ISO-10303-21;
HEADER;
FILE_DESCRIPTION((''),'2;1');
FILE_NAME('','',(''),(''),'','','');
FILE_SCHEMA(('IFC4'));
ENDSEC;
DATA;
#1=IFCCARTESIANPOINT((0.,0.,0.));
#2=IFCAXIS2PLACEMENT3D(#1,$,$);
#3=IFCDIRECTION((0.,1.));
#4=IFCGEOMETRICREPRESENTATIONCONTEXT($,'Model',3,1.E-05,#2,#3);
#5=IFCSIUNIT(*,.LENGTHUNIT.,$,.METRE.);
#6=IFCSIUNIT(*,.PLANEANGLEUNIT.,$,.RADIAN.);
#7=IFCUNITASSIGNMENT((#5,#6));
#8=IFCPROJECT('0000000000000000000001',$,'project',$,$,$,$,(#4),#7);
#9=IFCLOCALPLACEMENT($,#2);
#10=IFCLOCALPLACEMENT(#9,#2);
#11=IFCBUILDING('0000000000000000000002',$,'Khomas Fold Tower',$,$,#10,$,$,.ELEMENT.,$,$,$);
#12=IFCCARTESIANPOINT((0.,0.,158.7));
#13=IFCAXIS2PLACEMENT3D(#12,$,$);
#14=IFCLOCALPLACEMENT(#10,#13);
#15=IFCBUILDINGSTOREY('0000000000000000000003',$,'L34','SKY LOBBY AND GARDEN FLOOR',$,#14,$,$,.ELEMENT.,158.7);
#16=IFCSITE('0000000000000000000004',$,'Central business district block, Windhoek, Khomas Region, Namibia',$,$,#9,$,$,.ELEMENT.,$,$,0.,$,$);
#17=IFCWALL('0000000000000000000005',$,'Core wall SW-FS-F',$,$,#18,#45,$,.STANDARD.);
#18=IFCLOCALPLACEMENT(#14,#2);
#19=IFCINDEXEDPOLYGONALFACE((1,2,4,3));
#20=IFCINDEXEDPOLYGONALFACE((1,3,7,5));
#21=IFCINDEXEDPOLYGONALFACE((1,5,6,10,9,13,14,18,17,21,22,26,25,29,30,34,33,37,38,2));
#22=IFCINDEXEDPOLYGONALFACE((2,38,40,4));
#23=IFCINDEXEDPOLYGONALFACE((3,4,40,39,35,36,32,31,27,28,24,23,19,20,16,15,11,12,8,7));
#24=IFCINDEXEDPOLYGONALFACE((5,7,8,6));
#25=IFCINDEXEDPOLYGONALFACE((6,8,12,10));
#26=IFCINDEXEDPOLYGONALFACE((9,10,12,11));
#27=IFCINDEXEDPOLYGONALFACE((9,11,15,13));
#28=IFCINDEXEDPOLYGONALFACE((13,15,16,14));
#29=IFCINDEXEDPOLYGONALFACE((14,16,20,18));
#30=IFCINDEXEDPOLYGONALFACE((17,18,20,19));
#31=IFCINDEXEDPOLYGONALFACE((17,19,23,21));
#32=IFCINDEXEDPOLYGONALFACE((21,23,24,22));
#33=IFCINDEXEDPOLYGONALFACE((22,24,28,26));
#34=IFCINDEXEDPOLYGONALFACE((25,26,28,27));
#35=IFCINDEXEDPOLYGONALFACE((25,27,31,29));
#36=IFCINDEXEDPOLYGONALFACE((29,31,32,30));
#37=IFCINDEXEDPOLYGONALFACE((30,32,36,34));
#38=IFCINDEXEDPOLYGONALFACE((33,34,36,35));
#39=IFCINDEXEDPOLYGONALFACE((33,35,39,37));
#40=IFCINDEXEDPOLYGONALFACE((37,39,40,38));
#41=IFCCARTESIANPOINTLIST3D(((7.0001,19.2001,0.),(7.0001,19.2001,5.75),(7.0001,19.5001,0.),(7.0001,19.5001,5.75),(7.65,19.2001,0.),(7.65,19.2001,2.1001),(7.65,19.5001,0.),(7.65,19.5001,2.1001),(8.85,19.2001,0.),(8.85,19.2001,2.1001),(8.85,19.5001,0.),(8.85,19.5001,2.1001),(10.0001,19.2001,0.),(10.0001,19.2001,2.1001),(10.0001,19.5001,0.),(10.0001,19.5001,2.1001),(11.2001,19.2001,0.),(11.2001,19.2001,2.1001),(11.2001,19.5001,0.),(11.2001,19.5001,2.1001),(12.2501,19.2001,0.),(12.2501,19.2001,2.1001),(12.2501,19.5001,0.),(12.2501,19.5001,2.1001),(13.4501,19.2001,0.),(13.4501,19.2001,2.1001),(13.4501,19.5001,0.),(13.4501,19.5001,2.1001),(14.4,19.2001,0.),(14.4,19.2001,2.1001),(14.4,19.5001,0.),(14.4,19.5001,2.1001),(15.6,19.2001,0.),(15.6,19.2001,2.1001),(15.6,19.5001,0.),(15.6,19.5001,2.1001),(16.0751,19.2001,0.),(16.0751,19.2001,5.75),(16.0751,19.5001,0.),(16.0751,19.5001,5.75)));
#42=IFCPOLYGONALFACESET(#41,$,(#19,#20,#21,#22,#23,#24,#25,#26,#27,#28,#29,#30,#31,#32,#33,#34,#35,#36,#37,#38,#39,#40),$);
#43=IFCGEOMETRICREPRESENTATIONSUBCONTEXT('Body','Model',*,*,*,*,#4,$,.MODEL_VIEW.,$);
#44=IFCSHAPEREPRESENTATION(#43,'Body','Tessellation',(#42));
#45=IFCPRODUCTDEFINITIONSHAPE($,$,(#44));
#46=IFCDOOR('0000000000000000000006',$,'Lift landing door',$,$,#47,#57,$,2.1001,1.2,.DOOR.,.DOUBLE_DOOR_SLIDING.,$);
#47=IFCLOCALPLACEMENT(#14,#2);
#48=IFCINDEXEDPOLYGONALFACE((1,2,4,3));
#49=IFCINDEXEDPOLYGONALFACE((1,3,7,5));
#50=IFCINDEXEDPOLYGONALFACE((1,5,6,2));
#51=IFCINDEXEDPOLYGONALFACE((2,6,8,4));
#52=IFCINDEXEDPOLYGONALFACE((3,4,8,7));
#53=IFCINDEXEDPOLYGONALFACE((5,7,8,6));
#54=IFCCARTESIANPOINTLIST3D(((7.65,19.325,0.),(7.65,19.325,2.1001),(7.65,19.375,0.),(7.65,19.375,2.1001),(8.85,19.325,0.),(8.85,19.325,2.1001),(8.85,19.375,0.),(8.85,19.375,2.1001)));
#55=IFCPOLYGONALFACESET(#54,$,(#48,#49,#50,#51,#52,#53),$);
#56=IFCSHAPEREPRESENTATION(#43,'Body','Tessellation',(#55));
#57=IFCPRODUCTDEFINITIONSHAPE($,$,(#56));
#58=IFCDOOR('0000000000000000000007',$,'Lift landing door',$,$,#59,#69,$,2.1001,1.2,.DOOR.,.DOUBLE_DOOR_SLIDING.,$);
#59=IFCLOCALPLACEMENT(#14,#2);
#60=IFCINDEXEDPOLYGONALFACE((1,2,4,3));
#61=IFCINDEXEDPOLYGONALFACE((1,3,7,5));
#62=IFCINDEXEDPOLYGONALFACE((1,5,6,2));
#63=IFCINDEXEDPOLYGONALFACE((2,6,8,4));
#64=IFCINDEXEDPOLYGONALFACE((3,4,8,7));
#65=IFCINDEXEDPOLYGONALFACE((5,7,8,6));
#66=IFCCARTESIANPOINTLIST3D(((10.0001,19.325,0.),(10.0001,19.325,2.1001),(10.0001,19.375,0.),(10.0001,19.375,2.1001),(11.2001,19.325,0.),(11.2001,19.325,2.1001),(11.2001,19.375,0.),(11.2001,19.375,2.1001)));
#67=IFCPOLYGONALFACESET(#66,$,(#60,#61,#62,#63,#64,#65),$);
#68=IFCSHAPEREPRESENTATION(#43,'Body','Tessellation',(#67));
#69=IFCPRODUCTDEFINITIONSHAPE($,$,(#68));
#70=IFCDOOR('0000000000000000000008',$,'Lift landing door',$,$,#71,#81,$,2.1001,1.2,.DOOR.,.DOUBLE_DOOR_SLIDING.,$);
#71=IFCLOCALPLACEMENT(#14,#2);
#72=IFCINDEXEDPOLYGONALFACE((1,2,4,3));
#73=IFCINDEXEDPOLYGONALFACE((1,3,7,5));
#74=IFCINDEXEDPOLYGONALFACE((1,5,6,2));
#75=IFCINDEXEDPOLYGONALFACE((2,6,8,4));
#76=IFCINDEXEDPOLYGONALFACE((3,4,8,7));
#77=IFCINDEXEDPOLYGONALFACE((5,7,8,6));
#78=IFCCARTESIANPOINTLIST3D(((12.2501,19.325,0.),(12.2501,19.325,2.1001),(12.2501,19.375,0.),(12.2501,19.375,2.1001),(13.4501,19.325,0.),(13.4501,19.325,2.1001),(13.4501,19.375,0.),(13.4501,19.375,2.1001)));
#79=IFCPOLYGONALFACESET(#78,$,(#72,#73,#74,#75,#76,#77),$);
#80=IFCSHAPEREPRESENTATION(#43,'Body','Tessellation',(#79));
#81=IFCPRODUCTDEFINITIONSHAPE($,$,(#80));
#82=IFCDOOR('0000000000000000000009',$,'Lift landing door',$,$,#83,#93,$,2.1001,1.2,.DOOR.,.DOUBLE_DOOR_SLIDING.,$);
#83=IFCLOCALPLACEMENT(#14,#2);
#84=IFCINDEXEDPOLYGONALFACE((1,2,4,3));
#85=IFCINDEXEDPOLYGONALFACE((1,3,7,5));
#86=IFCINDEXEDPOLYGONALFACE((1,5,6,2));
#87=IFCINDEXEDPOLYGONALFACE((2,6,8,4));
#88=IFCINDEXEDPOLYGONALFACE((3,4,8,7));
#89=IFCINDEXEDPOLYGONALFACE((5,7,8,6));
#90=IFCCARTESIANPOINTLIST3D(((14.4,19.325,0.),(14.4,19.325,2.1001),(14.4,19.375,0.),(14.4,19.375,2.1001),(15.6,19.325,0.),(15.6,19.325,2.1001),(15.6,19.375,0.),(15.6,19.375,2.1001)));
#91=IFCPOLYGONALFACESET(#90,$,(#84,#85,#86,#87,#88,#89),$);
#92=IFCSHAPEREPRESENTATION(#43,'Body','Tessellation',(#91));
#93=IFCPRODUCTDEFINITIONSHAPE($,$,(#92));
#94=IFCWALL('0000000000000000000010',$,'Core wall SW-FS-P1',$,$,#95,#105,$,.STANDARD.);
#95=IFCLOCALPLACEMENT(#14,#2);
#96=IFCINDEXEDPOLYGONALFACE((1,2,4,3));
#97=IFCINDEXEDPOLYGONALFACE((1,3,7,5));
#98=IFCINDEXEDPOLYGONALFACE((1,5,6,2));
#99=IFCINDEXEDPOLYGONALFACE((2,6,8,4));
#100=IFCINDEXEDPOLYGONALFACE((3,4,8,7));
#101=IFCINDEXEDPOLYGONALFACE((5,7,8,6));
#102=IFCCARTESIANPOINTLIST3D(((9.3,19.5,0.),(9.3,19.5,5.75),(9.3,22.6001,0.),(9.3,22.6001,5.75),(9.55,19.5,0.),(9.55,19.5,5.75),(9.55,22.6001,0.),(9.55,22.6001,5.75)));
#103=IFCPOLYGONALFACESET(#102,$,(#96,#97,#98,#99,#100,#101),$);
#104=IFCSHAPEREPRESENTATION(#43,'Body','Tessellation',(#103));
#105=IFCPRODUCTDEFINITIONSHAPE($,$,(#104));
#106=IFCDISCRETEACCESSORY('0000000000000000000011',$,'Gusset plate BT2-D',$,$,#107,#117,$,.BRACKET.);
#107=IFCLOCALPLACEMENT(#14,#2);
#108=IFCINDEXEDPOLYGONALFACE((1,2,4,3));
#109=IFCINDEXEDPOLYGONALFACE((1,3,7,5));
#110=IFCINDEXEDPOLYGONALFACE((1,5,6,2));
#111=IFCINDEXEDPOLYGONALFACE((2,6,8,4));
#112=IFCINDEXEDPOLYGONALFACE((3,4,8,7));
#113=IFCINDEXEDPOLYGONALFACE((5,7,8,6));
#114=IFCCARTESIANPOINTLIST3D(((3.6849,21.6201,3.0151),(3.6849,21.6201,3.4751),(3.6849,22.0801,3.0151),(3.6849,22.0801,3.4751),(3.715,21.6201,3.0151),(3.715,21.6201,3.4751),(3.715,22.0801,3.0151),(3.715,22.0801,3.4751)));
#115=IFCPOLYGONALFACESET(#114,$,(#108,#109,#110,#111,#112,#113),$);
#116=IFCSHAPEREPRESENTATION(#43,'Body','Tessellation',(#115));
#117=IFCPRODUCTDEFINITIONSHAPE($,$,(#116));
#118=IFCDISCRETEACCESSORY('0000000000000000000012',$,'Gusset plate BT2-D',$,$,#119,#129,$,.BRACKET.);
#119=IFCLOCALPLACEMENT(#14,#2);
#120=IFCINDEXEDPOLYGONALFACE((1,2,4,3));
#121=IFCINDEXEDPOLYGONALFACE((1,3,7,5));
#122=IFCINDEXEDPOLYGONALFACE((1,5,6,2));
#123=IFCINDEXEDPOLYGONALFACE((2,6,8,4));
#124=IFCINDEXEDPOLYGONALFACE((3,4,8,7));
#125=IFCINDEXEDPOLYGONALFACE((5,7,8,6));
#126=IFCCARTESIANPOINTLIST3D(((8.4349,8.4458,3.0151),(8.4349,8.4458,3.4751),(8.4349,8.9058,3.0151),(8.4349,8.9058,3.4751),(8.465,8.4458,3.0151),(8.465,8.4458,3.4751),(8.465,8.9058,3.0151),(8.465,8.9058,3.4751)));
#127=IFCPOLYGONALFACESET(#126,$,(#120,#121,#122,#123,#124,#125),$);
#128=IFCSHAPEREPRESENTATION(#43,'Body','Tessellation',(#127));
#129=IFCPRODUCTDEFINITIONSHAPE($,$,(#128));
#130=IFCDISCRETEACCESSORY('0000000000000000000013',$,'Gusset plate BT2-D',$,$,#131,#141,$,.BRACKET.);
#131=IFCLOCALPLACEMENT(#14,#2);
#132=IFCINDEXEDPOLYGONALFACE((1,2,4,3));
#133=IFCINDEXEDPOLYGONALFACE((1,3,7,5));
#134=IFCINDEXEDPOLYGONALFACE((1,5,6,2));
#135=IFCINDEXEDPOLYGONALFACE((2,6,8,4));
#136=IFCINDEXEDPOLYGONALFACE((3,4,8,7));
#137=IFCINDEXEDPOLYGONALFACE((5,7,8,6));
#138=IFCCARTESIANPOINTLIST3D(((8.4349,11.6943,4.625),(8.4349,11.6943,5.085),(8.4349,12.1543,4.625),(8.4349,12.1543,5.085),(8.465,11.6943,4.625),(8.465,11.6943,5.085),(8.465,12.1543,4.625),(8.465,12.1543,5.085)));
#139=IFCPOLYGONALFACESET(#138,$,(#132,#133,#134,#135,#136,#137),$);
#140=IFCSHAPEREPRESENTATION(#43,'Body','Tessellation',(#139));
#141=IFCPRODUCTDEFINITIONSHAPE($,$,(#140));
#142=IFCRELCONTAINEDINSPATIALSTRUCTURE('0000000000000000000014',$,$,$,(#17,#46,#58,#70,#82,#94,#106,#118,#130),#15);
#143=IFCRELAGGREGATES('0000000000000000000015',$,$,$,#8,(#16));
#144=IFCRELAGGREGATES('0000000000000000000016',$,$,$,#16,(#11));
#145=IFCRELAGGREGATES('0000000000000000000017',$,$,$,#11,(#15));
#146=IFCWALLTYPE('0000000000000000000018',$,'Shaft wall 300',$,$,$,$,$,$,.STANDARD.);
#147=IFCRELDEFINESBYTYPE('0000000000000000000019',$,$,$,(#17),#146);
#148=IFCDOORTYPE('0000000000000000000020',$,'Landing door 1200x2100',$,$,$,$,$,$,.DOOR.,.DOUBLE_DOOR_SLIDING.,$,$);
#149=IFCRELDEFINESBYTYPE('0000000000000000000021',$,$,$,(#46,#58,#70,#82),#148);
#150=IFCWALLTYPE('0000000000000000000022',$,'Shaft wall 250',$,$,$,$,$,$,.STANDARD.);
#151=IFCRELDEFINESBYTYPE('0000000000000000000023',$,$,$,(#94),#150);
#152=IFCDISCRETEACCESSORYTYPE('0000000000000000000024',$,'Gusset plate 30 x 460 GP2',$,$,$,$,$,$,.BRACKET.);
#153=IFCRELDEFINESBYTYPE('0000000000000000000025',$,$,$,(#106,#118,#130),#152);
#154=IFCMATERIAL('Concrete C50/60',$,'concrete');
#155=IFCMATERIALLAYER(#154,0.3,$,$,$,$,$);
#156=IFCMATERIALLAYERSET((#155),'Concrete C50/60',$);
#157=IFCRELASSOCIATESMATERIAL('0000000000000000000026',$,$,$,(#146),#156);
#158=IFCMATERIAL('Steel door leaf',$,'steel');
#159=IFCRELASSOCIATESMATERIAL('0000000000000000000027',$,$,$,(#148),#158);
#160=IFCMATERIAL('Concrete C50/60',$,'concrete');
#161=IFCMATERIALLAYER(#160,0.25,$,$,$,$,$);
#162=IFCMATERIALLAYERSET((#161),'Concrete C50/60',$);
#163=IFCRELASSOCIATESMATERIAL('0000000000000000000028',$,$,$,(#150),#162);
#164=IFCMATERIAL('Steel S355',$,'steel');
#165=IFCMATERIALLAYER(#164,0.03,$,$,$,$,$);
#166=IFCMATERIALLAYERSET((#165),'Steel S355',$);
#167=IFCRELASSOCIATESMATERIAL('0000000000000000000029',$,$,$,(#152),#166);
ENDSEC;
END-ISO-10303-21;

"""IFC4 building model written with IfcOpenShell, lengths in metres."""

from ifc_helpers import new_model, si_unit, direction, frame, frame_2d, origin, origin_2d, place, context, subcontext, project, spatial, rectangle, extrude, source, transform, mapped, material, layer, layer_set, type_object, element, fill, save


model = new_model("IFC4")

# Units and contexts
model_context = context("Model", 3, precision=1e-05, world=origin(), true_north=direction((0.0, 1.0)))
body_context = subcontext(model_context, "Body", "Model", "MODEL_VIEW")
ifc_project = project(units=[si_unit("LENGTHUNIT", "METRE"), si_unit("PLANEANGLEUNIT", "RADIAN")], contexts=[model_context])

# Site, building, storey
site_placement = place(None, origin())
site = spatial("IfcSite", under=ifc_project, at=site_placement, Name="Central business district block, Windhoek, Khomas Region, Namibia", CompositionType="ELEMENT", RefElevation=0.0)
building_placement = place(site_placement, origin())
building = spatial("IfcBuilding", under=site, at=building_placement, Name="Khomas Fold Tower", CompositionType="ELEMENT")
storey_placement = place(building_placement, frame((0.0, 0.0, 158.7)))
storey = spatial("IfcBuildingStorey", under=building, at=storey_placement, Name="L34", Description="SKY LOBBY AND GARDEN FLOOR", CompositionType="ELEMENT", Elevation=158.7)

# Wall, openings, doors
ifc_material_1 = material(Name="Concrete C50/60", Category="concrete")
ifc_layer_1 = layer(ifc_material_1, 0.3)
ifc_layer_set_1 = layer_set([ifc_layer_1], Name="Concrete C50/60")
wall_type_1 = type_object("IfcWallType", Name="Shaft wall 300", PredefinedType="STANDARD", material=ifc_layer_set_1)
shared_shape_1 = source(origin(), body_context, "Body", "SweptSolid", [
    extrude(rectangle(XDim=9.075, YDim=0.3, at=frame_2d((4.5376, 0.0))), origin(), (0.0, 0.0, 1.0), 5.75),
])
wall_1_placement = place(storey_placement, frame((7.0, 19.3501, 0.0), z_axis=(0.0, 0.0, 1.0), x_axis=(1.0, 0.0, 0.0)))
wall_1 = element("IfcWall", 1, at=wall_1_placement, inside=storey, type_object=wall_type_1, Name="Core wall SW-FS-F", PredefinedType="STANDARD", context=body_context, shape_type="MappedRepresentation", body=[
    mapped(shared_shape_1, transform((0.0, 0.0, 0.0))),
])
shared_shape_2 = source(origin(), body_context, "Body", "SweptSolid", [
    extrude(rectangle(XDim=1.2, YDim=2.1001, at=frame_2d((0.6001, 1.05))), frame((0.0, 0.1599, 0.0), z_axis=(0.0, -1.0, 0.0), x_axis=(1.0, 0.0, 0.0)), (0.0, 0.0, 1.0), 0.3201),
])
opening_1_placement = place(wall_1_placement, frame((0.6499, 0.0, 0.0)))
opening_1 = element("IfcOpeningElement", 2, at=opening_1_placement, cuts=wall_1, PredefinedType="OPENING", context=body_context, shape_type="MappedRepresentation", body=[
    mapped(shared_shape_2, transform((0.0, 0.0, 0.0))),
])
opening_2_placement = place(wall_1_placement, frame((3.0, 0.0, 0.0)))
opening_2 = element("IfcOpeningElement", 3, at=opening_2_placement, cuts=wall_1, PredefinedType="OPENING", context=body_context, shape_type="MappedRepresentation", body=[
    mapped(shared_shape_2, transform((0.0, 0.0, 0.0))),
])
opening_3_placement = place(wall_1_placement, frame((5.25, 0.0, 0.0)))
opening_3 = element("IfcOpeningElement", 4, at=opening_3_placement, cuts=wall_1, PredefinedType="OPENING", context=body_context, shape_type="MappedRepresentation", body=[
    mapped(shared_shape_2, transform((0.0, 0.0, 0.0))),
])
opening_4_placement = place(wall_1_placement, frame((7.3999, 0.0, 0.0)))
opening_4 = element("IfcOpeningElement", 5, at=opening_4_placement, cuts=wall_1, PredefinedType="OPENING", context=body_context, shape_type="MappedRepresentation", body=[
    mapped(shared_shape_2, transform((0.0, 0.0, 0.0))),
])
ifc_material_2 = material(Name="Steel door leaf", Category="steel")
door_type_1 = type_object("IfcDoorType", Name="Landing door 1200x2100", OperationType="DOUBLE_DOOR_SLIDING", PredefinedType="DOOR", material=ifc_material_2)
shared_shape_3 = source(origin(), body_context, "Body", "SweptSolid", [
    extrude(rectangle(XDim=1.2, YDim=2.1001, at=frame_2d((0.6001, 1.05))), frame((0.0, 0.0249, 0.0), z_axis=(0.0, -1.0, 0.0), x_axis=(1.0, 0.0, 0.0)), (0.0, 0.0, 1.0), 0.05),
])
door_1_placement = place(opening_1_placement, origin())
door_1 = element("IfcDoor", 6, at=door_1_placement, inside=storey, type_object=door_type_1, Name="Lift landing door", OperationType="DOUBLE_DOOR_SLIDING", OverallHeight=2.1001, OverallWidth=1.2, PredefinedType="DOOR", context=body_context, shape_type="MappedRepresentation", body=[
    mapped(shared_shape_3, transform((0.0, 0.0, 0.0))),
])
fill(opening_1, door_1)
door_2_placement = place(opening_2_placement, origin())
door_2 = element("IfcDoor", 7, at=door_2_placement, inside=storey, type_object=door_type_1, Name="Lift landing door", OperationType="DOUBLE_DOOR_SLIDING", OverallHeight=2.1001, OverallWidth=1.2, PredefinedType="DOOR", context=body_context, shape_type="MappedRepresentation", body=[
    mapped(shared_shape_3, transform((0.0, 0.0, 0.0))),
])
fill(opening_2, door_2)
door_3_placement = place(opening_3_placement, origin())
door_3 = element("IfcDoor", 8, at=door_3_placement, inside=storey, type_object=door_type_1, Name="Lift landing door", OperationType="DOUBLE_DOOR_SLIDING", OverallHeight=2.1001, OverallWidth=1.2, PredefinedType="DOOR", context=body_context, shape_type="MappedRepresentation", body=[
    mapped(shared_shape_3, transform((0.0, 0.0, 0.0))),
])
fill(opening_3, door_3)
door_4_placement = place(opening_4_placement, origin())
door_4 = element("IfcDoor", 9, at=door_4_placement, inside=storey, type_object=door_type_1, Name="Lift landing door", OperationType="DOUBLE_DOOR_SLIDING", OverallHeight=2.1001, OverallWidth=1.2, PredefinedType="DOOR", context=body_context, shape_type="MappedRepresentation", body=[
    mapped(shared_shape_3, transform((0.0, 0.0, 0.0))),
])
fill(opening_4, door_4)

# Wall
ifc_material_3 = material(Name="Concrete C50/60", Category="concrete")
ifc_layer_2 = layer(ifc_material_3, 0.25)
ifc_layer_set_2 = layer_set([ifc_layer_2], Name="Concrete C50/60")
wall_type_2 = type_object("IfcWallType", Name="Shaft wall 250", PredefinedType="STANDARD", material=ifc_layer_set_2)
shared_shape_4 = source(origin(), body_context, "Body", "SweptSolid", [
    extrude(rectangle(XDim=3.1001, YDim=0.25, at=frame_2d((1.55, 0.0))), origin(), (0.0, 0.0, 1.0), 5.75),
])
wall_2_placement = place(storey_placement, frame((9.425, 19.5, 0.0), z_axis=(0.0, 0.0, 1.0), x_axis=(0.0, 1.0, 0.0)))
element("IfcWall", 10, at=wall_2_placement, inside=storey, type_object=wall_type_2, Name="Core wall SW-FS-P1", PredefinedType="STANDARD", context=body_context, shape_type="MappedRepresentation", body=[
    mapped(shared_shape_4, transform((0.0, 0.0, 0.0))),
])

# Discrete accessories
ifc_material_4 = material(Name="Steel S355", Category="steel")
ifc_layer_3 = layer(ifc_material_4, 0.03)
ifc_layer_set_3 = layer_set([ifc_layer_3], Name="Steel S355")
discrete_accessory_type = type_object("IfcDiscreteAccessoryType", Name="Gusset plate 30 x 460 GP2", PredefinedType="BRACKET", material=ifc_layer_set_3)
shared_shape_5 = source(origin(), body_context, "Body", "SweptSolid", [
    extrude(rectangle(XDim=0.46, YDim=0.03, at=origin_2d()), origin(), (0.0, 0.0, 1.0), 0.46),
])
for number, where, z_axis, x_axis, name in (
    (11, (3.7, 21.8501, 3.0151), (0.0, 0.0, 1.0), (0.0, 1.0, 0.0), "Gusset plate BT2-D"),
    (12, (8.45, 8.6758, 3.0151), (0.0, 0.0, 1.0), (0.0, 1.0, 0.0), "Gusset plate BT2-D"),
    (13, (8.45, 11.9243, 4.625), (0.0, 0.0, 1.0), (0.0, 1.0, 0.0), "Gusset plate BT2-D"),
):
    element("IfcDiscreteAccessory", number, at=place(storey_placement, frame(where, z_axis=z_axis, x_axis=x_axis)), inside=storey, type_object=discrete_accessory_type, Name=name, PredefinedType="BRACKET", context=body_context, shape_type="MappedRepresentation", body=[
        mapped(shared_shape_5, transform((0.0, 0.0, 0.0))),
    ])

save(model, "model.ifc")
